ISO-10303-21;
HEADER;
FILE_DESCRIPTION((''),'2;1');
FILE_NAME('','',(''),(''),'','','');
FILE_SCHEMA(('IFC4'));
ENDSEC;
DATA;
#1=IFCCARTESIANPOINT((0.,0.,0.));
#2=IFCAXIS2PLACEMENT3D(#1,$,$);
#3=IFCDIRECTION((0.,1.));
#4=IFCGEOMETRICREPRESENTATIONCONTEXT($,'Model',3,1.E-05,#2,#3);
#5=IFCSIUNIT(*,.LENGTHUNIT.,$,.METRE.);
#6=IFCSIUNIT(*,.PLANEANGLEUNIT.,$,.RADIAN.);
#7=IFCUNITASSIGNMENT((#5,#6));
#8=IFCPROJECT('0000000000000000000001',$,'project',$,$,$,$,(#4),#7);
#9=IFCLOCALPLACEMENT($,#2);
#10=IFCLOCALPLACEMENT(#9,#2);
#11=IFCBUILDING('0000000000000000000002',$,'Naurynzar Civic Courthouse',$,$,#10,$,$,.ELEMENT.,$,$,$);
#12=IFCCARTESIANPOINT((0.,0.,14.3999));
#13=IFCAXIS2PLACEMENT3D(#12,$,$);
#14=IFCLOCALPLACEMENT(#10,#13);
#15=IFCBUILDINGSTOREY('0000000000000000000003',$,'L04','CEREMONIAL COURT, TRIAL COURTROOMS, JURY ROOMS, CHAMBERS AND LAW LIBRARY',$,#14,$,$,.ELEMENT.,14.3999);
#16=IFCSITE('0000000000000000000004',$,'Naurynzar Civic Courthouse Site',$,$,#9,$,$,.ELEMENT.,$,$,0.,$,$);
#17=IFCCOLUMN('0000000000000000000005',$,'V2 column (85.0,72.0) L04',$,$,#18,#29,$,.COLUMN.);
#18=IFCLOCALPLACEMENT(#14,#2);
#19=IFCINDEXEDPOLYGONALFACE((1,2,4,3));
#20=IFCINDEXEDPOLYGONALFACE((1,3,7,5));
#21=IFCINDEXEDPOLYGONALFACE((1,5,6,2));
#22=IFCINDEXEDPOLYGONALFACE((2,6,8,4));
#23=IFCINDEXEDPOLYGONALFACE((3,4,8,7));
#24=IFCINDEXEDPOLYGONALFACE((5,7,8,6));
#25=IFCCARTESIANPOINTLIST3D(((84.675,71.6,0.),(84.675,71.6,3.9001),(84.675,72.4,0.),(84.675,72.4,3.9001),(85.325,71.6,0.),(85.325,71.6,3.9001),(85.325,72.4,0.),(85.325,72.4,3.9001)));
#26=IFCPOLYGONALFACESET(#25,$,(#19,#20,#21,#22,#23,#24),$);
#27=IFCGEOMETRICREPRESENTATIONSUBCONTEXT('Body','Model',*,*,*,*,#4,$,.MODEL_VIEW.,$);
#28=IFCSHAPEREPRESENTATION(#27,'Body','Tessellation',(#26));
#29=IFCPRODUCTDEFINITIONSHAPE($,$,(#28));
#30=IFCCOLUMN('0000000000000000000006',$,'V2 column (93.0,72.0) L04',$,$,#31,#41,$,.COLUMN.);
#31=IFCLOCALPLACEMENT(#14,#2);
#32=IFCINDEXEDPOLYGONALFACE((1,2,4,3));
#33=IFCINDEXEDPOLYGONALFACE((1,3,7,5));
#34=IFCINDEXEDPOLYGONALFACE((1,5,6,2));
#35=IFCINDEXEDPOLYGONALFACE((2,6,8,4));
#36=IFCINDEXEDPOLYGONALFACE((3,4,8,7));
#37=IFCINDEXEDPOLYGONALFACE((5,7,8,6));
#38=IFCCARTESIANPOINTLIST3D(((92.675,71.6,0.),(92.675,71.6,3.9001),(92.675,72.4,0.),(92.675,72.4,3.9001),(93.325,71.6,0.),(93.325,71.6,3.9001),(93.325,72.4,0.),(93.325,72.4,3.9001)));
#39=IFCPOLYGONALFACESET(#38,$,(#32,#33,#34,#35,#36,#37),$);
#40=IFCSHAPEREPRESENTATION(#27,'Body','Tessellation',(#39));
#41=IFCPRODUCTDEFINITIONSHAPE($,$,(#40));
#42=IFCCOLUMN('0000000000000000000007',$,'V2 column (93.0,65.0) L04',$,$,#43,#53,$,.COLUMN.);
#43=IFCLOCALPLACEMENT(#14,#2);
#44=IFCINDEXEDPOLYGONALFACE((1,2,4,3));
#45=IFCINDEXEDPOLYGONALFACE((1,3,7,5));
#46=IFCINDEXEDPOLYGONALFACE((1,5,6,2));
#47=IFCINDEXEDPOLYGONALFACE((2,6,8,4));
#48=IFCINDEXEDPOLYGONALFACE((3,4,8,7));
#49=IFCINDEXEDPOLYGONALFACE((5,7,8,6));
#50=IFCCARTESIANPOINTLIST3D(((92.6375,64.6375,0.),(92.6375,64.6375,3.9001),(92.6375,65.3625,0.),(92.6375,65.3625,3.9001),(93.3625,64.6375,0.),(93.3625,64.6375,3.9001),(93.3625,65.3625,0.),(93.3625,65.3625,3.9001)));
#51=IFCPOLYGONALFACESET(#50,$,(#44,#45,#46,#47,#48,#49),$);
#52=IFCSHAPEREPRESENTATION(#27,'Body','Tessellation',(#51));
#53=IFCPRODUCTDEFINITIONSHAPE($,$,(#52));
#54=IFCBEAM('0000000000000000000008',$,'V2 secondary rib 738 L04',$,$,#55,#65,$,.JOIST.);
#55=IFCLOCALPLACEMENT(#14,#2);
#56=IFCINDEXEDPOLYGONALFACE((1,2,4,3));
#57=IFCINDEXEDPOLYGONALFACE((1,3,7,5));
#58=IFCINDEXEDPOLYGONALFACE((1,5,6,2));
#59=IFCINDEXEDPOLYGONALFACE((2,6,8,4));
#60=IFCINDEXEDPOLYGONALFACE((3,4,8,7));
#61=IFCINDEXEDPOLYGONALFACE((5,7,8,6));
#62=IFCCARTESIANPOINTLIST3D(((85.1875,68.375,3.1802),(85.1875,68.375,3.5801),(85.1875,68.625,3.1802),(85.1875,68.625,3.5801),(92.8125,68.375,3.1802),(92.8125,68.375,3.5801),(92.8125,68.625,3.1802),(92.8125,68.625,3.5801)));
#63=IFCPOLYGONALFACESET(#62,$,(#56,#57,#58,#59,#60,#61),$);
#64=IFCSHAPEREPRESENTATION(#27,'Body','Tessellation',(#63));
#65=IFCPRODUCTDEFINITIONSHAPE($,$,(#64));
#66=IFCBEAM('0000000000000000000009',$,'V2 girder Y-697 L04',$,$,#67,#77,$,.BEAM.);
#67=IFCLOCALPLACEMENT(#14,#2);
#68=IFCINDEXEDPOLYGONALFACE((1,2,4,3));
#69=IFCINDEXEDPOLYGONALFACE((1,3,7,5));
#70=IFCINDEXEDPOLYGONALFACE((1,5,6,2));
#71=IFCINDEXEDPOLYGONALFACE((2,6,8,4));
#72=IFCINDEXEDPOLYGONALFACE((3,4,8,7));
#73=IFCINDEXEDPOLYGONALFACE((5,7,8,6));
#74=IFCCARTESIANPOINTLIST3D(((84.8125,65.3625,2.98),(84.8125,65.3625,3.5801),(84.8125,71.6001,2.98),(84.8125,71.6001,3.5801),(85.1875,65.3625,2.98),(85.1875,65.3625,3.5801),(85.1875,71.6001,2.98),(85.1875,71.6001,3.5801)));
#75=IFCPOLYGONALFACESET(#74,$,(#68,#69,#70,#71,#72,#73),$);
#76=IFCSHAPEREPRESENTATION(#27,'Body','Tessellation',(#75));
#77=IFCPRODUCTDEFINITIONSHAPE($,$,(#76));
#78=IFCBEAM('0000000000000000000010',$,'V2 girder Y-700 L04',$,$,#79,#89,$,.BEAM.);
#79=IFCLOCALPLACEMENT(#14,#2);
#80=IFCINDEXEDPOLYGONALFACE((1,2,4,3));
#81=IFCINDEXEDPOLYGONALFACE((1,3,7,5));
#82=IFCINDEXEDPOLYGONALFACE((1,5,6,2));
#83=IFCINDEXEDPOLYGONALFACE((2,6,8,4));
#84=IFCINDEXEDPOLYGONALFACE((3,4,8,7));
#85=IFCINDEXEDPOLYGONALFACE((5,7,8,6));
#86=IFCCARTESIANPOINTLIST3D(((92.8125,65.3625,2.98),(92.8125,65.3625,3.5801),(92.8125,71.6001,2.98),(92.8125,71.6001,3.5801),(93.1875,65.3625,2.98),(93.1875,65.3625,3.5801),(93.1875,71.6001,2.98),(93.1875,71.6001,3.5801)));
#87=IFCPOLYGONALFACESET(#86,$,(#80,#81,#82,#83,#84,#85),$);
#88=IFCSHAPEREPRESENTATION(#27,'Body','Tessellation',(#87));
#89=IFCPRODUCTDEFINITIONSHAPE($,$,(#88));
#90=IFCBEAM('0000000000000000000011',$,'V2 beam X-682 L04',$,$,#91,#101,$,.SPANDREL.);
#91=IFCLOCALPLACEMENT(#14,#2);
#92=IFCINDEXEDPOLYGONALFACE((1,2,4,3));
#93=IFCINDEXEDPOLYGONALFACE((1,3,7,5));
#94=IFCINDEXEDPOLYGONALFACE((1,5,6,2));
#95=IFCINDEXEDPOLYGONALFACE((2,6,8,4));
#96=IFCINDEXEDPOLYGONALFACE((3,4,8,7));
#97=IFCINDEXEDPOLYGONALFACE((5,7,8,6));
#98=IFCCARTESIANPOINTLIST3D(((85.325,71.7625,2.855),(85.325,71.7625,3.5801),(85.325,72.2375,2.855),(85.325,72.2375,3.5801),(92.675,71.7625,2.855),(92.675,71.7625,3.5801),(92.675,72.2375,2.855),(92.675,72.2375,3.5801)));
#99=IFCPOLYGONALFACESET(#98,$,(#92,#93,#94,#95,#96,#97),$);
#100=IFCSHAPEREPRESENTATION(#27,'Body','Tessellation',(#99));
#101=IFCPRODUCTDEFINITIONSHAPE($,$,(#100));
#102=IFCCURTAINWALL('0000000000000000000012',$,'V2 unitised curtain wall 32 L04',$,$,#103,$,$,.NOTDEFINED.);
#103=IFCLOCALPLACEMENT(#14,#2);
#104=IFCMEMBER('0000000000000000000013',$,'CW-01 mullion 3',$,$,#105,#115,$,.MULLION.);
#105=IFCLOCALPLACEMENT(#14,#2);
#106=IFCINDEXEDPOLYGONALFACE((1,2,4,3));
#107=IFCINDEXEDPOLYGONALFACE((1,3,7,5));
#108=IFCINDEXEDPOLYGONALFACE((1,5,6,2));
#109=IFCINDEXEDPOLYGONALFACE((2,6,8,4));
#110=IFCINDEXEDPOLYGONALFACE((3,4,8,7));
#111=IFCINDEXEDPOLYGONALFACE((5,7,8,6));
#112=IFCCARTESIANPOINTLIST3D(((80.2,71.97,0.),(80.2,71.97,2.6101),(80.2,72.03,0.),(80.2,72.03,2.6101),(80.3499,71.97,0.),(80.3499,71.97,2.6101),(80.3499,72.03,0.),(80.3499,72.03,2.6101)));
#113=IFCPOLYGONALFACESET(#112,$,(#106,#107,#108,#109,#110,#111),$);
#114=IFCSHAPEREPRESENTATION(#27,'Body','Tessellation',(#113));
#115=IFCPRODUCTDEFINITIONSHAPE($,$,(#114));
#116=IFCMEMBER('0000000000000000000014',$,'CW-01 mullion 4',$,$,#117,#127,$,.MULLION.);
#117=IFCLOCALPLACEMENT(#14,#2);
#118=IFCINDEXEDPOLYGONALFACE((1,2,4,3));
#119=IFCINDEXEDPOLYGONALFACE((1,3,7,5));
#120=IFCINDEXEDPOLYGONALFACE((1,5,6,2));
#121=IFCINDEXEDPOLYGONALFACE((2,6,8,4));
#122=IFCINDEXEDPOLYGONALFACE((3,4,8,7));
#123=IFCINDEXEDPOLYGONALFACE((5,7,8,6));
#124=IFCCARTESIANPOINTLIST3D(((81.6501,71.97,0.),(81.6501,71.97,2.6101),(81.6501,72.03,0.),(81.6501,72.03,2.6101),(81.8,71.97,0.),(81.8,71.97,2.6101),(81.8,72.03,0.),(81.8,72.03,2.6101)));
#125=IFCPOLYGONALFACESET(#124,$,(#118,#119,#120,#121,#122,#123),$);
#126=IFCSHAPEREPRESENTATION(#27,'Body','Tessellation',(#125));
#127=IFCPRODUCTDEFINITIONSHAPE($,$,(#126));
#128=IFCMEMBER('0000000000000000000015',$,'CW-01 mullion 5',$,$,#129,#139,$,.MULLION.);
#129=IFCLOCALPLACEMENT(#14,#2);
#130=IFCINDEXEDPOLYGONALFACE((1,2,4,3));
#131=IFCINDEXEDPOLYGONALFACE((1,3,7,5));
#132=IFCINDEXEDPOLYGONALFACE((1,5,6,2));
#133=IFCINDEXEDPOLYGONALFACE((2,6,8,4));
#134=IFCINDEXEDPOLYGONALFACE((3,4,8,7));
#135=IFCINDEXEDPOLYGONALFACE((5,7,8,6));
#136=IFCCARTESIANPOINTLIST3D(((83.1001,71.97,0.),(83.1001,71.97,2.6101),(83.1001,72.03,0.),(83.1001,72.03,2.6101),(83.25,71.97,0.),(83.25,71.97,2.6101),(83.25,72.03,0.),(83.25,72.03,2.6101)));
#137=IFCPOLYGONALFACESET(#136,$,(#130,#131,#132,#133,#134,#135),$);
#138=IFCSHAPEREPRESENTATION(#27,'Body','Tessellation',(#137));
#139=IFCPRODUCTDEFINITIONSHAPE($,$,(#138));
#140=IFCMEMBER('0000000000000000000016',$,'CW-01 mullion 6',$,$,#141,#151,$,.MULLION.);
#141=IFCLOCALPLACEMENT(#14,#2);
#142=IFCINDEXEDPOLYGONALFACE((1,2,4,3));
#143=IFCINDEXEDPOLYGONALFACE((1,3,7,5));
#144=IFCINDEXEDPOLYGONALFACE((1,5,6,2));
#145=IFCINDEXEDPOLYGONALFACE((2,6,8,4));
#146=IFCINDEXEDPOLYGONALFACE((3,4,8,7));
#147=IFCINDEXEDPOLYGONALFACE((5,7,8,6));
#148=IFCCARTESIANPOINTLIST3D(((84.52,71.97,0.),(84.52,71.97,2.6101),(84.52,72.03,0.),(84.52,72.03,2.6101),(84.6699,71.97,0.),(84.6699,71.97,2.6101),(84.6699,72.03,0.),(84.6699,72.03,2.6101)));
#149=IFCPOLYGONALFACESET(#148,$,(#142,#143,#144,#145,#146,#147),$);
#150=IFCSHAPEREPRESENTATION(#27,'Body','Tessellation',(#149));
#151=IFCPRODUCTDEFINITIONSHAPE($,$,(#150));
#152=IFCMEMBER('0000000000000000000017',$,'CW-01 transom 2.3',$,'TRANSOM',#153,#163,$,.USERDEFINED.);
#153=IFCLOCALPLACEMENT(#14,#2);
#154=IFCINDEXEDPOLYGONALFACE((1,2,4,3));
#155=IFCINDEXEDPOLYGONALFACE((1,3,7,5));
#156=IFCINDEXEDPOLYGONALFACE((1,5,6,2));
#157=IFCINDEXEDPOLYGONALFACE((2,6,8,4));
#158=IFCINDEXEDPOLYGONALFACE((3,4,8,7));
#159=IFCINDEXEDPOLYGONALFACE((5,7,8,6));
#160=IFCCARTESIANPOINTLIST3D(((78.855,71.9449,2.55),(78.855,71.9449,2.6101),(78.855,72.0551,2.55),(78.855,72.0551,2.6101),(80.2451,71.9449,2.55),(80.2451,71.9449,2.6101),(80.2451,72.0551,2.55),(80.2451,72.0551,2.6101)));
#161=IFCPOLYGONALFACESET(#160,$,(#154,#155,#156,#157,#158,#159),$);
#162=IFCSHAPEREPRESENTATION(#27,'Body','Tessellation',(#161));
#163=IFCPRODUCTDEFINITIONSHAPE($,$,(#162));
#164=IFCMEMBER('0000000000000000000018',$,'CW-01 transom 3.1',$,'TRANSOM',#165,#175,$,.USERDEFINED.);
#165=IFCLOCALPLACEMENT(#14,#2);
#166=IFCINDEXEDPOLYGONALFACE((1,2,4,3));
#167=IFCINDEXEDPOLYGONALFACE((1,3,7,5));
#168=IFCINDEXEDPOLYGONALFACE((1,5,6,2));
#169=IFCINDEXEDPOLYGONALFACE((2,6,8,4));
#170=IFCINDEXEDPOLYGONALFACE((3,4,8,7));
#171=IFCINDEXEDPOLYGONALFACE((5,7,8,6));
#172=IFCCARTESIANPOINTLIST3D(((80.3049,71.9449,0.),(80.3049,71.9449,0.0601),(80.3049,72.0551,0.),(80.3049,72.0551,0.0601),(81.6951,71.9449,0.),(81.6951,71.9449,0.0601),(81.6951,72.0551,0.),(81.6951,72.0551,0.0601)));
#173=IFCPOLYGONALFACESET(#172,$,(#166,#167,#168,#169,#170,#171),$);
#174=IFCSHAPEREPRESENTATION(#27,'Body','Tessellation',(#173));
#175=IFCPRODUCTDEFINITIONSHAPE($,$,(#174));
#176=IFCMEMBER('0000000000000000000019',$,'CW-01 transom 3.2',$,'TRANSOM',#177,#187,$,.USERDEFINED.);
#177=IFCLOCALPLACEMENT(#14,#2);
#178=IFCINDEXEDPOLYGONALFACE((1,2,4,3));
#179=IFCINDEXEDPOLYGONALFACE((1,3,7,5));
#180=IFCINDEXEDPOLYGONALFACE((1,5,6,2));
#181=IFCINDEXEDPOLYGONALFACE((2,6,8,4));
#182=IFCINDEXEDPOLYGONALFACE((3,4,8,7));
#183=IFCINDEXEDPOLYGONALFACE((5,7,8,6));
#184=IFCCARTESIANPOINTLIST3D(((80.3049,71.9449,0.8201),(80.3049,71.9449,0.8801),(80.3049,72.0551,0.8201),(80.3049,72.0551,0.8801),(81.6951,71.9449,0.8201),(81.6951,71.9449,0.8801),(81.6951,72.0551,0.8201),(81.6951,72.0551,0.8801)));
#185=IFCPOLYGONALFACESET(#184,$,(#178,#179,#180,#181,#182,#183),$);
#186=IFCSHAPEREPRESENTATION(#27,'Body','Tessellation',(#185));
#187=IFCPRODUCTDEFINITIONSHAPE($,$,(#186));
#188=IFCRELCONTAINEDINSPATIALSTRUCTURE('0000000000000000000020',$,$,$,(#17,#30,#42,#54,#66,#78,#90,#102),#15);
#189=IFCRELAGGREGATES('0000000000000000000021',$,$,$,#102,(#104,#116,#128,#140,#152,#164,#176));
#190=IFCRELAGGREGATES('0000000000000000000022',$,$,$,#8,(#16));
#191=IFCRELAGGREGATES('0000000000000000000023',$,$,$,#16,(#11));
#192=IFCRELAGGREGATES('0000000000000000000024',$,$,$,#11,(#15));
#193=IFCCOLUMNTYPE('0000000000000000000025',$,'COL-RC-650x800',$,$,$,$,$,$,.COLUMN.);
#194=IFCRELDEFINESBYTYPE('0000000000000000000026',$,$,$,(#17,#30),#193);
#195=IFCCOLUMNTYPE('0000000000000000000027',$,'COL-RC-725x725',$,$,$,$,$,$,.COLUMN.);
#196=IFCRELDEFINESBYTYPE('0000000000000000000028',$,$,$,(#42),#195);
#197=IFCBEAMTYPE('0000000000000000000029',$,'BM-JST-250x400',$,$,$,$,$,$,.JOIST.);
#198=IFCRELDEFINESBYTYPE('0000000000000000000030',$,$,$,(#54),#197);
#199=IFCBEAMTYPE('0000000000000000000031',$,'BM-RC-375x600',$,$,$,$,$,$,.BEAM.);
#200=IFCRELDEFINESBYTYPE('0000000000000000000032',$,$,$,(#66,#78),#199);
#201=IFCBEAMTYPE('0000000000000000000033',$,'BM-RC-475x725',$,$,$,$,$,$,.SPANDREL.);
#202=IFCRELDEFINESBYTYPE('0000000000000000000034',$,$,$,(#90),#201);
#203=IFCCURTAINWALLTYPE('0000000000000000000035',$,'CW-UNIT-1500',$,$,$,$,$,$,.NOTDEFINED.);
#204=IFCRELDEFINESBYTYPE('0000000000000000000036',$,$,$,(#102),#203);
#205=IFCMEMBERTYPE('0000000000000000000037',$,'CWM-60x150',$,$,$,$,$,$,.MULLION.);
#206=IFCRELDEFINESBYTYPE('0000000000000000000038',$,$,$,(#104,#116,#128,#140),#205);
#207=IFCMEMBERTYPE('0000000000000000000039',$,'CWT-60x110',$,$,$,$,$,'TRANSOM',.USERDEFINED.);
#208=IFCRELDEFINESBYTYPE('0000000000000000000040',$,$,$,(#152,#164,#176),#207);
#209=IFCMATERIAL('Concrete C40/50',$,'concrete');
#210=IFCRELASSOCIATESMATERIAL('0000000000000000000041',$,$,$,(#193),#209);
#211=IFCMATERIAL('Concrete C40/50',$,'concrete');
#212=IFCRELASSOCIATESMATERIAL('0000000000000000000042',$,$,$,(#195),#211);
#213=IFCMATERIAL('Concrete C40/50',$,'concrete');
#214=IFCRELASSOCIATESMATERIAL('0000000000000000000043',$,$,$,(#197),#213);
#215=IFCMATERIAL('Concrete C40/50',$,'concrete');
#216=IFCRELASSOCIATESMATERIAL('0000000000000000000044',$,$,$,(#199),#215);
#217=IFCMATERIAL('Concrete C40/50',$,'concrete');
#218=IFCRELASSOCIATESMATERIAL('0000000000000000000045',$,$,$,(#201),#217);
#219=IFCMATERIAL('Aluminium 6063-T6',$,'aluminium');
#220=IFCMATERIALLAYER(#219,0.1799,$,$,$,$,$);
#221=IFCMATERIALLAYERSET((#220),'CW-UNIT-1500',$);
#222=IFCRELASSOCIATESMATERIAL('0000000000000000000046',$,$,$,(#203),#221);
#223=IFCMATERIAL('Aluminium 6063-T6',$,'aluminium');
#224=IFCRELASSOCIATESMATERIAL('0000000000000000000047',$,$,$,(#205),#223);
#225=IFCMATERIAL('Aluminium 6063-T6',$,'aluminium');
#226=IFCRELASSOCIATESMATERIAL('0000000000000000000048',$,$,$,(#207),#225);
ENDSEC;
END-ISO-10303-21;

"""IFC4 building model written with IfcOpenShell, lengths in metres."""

from ifc_helpers import new_model, si_unit, direction, frame, origin, origin_2d, place, context, subcontext, project, spatial, rectangle, extrude, material, layer, layer_set, material_profile, profile_set, type_object, element, aggregate, save


model = new_model("IFC4")

# Units and contexts
model_context = context("Model", 3, precision=1e-05, world=origin(), true_north=direction((0.0, 1.0)))
body_context = subcontext(model_context, "Body", "Model", "MODEL_VIEW")
ifc_project = project(units=[si_unit("LENGTHUNIT", "METRE"), si_unit("PLANEANGLEUNIT", "RADIAN")], contexts=[model_context])

# Site, building, storey
site_placement = place(None, origin())
site = spatial("IfcSite", under=ifc_project, at=site_placement, Name="Naurynzar Civic Courthouse Site", CompositionType="ELEMENT", RefElevation=0.0)
building_placement = place(site_placement, origin())
building = spatial("IfcBuilding", under=site, at=building_placement, Name="Naurynzar Civic Courthouse", CompositionType="ELEMENT")
storey_placement = place(building_placement, frame((0.0, 0.0, 14.3999)))
storey = spatial("IfcBuildingStorey", under=building, at=storey_placement, Name="L04", Description="CEREMONIAL COURT, TRIAL COURTROOMS, JURY ROOMS, CHAMBERS AND LAW LIBRARY", CompositionType="ELEMENT", Elevation=14.3999)

# Columns
ifc_material_1 = material(Name="Concrete C40/50", Category="concrete")
ifc_material_profile_1 = material_profile(ifc_material_1, rectangle(XDim=0.6499, YDim=0.8, at=origin_2d()), Name="RC 650x800")
ifc_profile_set_1 = profile_set([ifc_material_profile_1], Name="Concrete C40/50")
column_type_1 = type_object("IfcColumnType", Name="COL-RC-650x800", PredefinedType="COLUMN", material=ifc_profile_set_1)
for number, where, z_axis, x_axis, name in (
    (1, (85.0, 72.0, 0.0), (0.0, 0.0, 1.0), (1.0, 0.0, 0.0), "V2 column (85.0,72.0) L04"),
    (2, (93.0, 72.0, 0.0), (0.0, 0.0, 1.0), (1.0, 0.0, 0.0), "V2 column (93.0,72.0) L04"),
):
    element("IfcColumn", number, at=place(storey_placement, frame(where, z_axis=z_axis, x_axis=x_axis)), inside=storey, type_object=column_type_1, Name=name, PredefinedType="COLUMN", context=body_context, shape_type="SweptSolid", body=[
        extrude(rectangle(XDim=0.6499, YDim=0.8, at=origin_2d()), origin(), (0.0, 0.0, 1.0), 3.9001),
    ])
ifc_material_2 = material(Name="Concrete C40/50", Category="concrete")
ifc_material_profile_2 = material_profile(ifc_material_2, rectangle(XDim=0.7251, YDim=0.7251, at=origin_2d()), Name="RC 725x725")
ifc_profile_set_2 = profile_set([ifc_material_profile_2], Name="Concrete C40/50")
column_type_2 = type_object("IfcColumnType", Name="COL-RC-725x725", PredefinedType="COLUMN", material=ifc_profile_set_2)
column_placement = place(storey_placement, frame((93.0, 65.0, 0.0), z_axis=(0.0, 0.0, 1.0), x_axis=(1.0, 0.0, 0.0)))
element("IfcColumn", 3, at=column_placement, inside=storey, type_object=column_type_2, Name="V2 column (93.0,65.0) L04", PredefinedType="COLUMN", context=body_context, shape_type="SweptSolid", body=[
    extrude(rectangle(XDim=0.7251, YDim=0.7251, at=origin_2d()), origin(), (0.0, 0.0, 1.0), 3.9001),
])

# Beams
ifc_material_3 = material(Name="Concrete C40/50", Category="concrete")
ifc_material_profile_3 = material_profile(ifc_material_3, rectangle(XDim=0.25, YDim=0.3999, at=origin_2d()), Name="RCB 250x400")
ifc_profile_set_3 = profile_set([ifc_material_profile_3], Name="Concrete C40/50")
beam_type_1 = type_object("IfcBeamType", Name="BM-JST-250x400", PredefinedType="JOIST", material=ifc_profile_set_3)
beam_1_placement = place(storey_placement, frame((85.1875, 68.5, 3.3801), z_axis=(1.0, 0.0, 0.0), x_axis=(0.0, 1.0, 0.0)))
element("IfcBeam", 4, at=beam_1_placement, inside=storey, type_object=beam_type_1, Name="V2 secondary rib 738 L04", PredefinedType="JOIST", context=body_context, shape_type="SweptSolid", body=[
    extrude(rectangle(XDim=0.25, YDim=0.3999, at=origin_2d()), origin(), (0.0, 0.0, 1.0), 7.625),
])
ifc_material_4 = material(Name="Concrete C40/50", Category="concrete")
ifc_material_profile_4 = material_profile(ifc_material_4, rectangle(XDim=0.375, YDim=0.6001, at=origin_2d()), Name="RCB 375x600")
ifc_profile_set_4 = profile_set([ifc_material_profile_4], Name="Concrete C40/50")
beam_type_2 = type_object("IfcBeamType", Name="BM-RC-375x600", PredefinedType="BEAM", material=ifc_profile_set_4)
for number, where, z_axis, x_axis, name in (
    (5, (85.0, 65.3625, 3.28), (0.0, 1.0, 0.0), (-1.0, 0.0, 0.0), "V2 girder Y-697 L04"),
    (6, (93.0, 65.3625, 3.28), (0.0, 1.0, 0.0), (-1.0, 0.0, 0.0), "V2 girder Y-700 L04"),
):
    element("IfcBeam", number, at=place(storey_placement, frame(where, z_axis=z_axis, x_axis=x_axis)), inside=storey, type_object=beam_type_2, Name=name, PredefinedType="BEAM", context=body_context, shape_type="SweptSolid", body=[
        extrude(rectangle(XDim=0.375, YDim=0.6001, at=origin_2d()), origin(), (0.0, 0.0, 1.0), 6.2375),
    ])
ifc_material_5 = material(Name="Concrete C40/50", Category="concrete")
ifc_material_profile_5 = material_profile(ifc_material_5, rectangle(XDim=0.4751, YDim=0.7251, at=origin_2d()), Name="RCB 475x725")
ifc_profile_set_5 = profile_set([ifc_material_profile_5], Name="Concrete C40/50")
beam_type_3 = type_object("IfcBeamType", Name="BM-RC-475x725", PredefinedType="SPANDREL", material=ifc_profile_set_5)
beam_2_placement = place(storey_placement, frame((85.325, 72.0, 3.2175), z_axis=(1.0, 0.0, 0.0), x_axis=(0.0, 1.0, 0.0)))
element("IfcBeam", 7, at=beam_2_placement, inside=storey, type_object=beam_type_3, Name="V2 beam X-682 L04", PredefinedType="SPANDREL", context=body_context, shape_type="SweptSolid", body=[
    extrude(rectangle(XDim=0.4751, YDim=0.7251, at=origin_2d()), origin(), (0.0, 0.0, 1.0), 7.3501),
])

# Curtain wall, members
ifc_material_6 = material(Name="Aluminium 6063-T6", Category="aluminium")
ifc_layer_1 = layer(ifc_material_6, 0.1799)
ifc_layer_set_1 = layer_set([ifc_layer_1], Name="CW-UNIT-1500")
curtain_wall_type = type_object("IfcCurtainWallType", Name="CW-UNIT-1500", PredefinedType="NOTDEFINED", material=ifc_layer_set_1)
curtain_wall_placement = place(storey_placement, origin())
curtain_wall = element("IfcCurtainWall", 8, at=curtain_wall_placement, inside=storey, type_object=curtain_wall_type, Name="V2 unitised curtain wall 32 L04", PredefinedType="NOTDEFINED")
ifc_material_7 = material(Name="Aluminium 6063-T6", Category="aluminium")
ifc_material_profile_6 = material_profile(ifc_material_7, rectangle(XDim=0.0601, YDim=0.1499, at=origin_2d()), Name="ALU MULLION 60x150")
ifc_profile_set_6 = profile_set([ifc_material_profile_6], Name="Aluminium 6063-T6")
member_type_1 = type_object("IfcMemberType", Name="CWM-60x150", PredefinedType="MULLION", material=ifc_profile_set_6)
member_1_placement = place(storey_placement, frame((80.2749, 72.0, 0.0), z_axis=(0.0, 0.0, 1.0), x_axis=(0.0, 1.0, 0.0)))
member_1 = element("IfcMember", 9, at=member_1_placement, type_object=member_type_1, Name="CW-01 mullion 3", PredefinedType="MULLION", context=body_context, shape_type="SweptSolid", body=[
    extrude(rectangle(XDim=0.0601, YDim=0.1499, at=origin_2d()), origin(), (0.0, 0.0, 1.0), 2.6101),
])
member_2_placement = place(storey_placement, frame((81.7251, 72.0, 0.0), z_axis=(0.0, 0.0, 1.0), x_axis=(0.0, 1.0, 0.0)))
member_2 = element("IfcMember", 10, at=member_2_placement, type_object=member_type_1, Name="CW-01 mullion 4", PredefinedType="MULLION", context=body_context, shape_type="SweptSolid", body=[
    extrude(rectangle(XDim=0.0601, YDim=0.1499, at=origin_2d()), origin(), (0.0, 0.0, 1.0), 2.6101),
])
member_3_placement = place(storey_placement, frame((83.175, 72.0, 0.0), z_axis=(0.0, 0.0, 1.0), x_axis=(0.0, 1.0, 0.0)))
member_3 = element("IfcMember", 11, at=member_3_placement, type_object=member_type_1, Name="CW-01 mullion 5", PredefinedType="MULLION", context=body_context, shape_type="SweptSolid", body=[
    extrude(rectangle(XDim=0.0601, YDim=0.1499, at=origin_2d()), origin(), (0.0, 0.0, 1.0), 2.6101),
])
member_4_placement = place(storey_placement, frame((84.595, 72.0, 0.0), z_axis=(0.0, 0.0, 1.0), x_axis=(0.0, 1.0, 0.0)))
member_4 = element("IfcMember", 12, at=member_4_placement, type_object=member_type_1, Name="CW-01 mullion 6", PredefinedType="MULLION", context=body_context, shape_type="SweptSolid", body=[
    extrude(rectangle(XDim=0.0601, YDim=0.1499, at=origin_2d()), origin(), (0.0, 0.0, 1.0), 2.6101),
])
ifc_material_8 = material(Name="Aluminium 6063-T6", Category="aluminium")
ifc_material_profile_7 = material_profile(ifc_material_8, rectangle(XDim=0.1101, YDim=0.0601, at=origin_2d()), Name="ALU TRANSOM 60x110")
ifc_profile_set_7 = profile_set([ifc_material_profile_7], Name="Aluminium 6063-T6")
member_type_2 = type_object("IfcMemberType", Name="CWT-60x110", ElementType="TRANSOM", PredefinedType="USERDEFINED", material=ifc_profile_set_7)
member_5_placement = place(storey_placement, frame((78.855, 72.0, 2.5801), z_axis=(1.0, 0.0, 0.0), x_axis=(0.0, 1.0, 0.0)))
member_5 = element("IfcMember", 13, at=member_5_placement, type_object=member_type_2, Name="CW-01 transom 2.3", ObjectType="TRANSOM", PredefinedType="USERDEFINED", context=body_context, shape_type="SweptSolid", body=[
    extrude(rectangle(XDim=0.1101, YDim=0.0601, at=origin_2d()), origin(), (0.0, 0.0, 1.0), 1.3901),
])
member_6_placement = place(storey_placement, frame((80.3049, 72.0, 0.03), z_axis=(1.0, 0.0, 0.0), x_axis=(0.0, 1.0, 0.0)))
member_6 = element("IfcMember", 14, at=member_6_placement, type_object=member_type_2, Name="CW-01 transom 3.1", ObjectType="TRANSOM", PredefinedType="USERDEFINED", context=body_context, shape_type="SweptSolid", body=[
    extrude(rectangle(XDim=0.1101, YDim=0.0601, at=origin_2d()), origin(), (0.0, 0.0, 1.0), 1.3901),
])
member_7_placement = place(storey_placement, frame((80.3049, 72.0, 0.8501), z_axis=(1.0, 0.0, 0.0), x_axis=(0.0, 1.0, 0.0)))
member_7 = element("IfcMember", 15, at=member_7_placement, type_object=member_type_2, Name="CW-01 transom 3.2", ObjectType="TRANSOM", PredefinedType="USERDEFINED", context=body_context, shape_type="SweptSolid", body=[
    extrude(rectangle(XDim=0.1101, YDim=0.0601, at=origin_2d()), origin(), (0.0, 0.0, 1.0), 1.3901),
])
aggregate(curtain_wall, [member_1, member_2, member_3, member_4, member_5, member_6, member_7])

save(model, "model.ifc")
